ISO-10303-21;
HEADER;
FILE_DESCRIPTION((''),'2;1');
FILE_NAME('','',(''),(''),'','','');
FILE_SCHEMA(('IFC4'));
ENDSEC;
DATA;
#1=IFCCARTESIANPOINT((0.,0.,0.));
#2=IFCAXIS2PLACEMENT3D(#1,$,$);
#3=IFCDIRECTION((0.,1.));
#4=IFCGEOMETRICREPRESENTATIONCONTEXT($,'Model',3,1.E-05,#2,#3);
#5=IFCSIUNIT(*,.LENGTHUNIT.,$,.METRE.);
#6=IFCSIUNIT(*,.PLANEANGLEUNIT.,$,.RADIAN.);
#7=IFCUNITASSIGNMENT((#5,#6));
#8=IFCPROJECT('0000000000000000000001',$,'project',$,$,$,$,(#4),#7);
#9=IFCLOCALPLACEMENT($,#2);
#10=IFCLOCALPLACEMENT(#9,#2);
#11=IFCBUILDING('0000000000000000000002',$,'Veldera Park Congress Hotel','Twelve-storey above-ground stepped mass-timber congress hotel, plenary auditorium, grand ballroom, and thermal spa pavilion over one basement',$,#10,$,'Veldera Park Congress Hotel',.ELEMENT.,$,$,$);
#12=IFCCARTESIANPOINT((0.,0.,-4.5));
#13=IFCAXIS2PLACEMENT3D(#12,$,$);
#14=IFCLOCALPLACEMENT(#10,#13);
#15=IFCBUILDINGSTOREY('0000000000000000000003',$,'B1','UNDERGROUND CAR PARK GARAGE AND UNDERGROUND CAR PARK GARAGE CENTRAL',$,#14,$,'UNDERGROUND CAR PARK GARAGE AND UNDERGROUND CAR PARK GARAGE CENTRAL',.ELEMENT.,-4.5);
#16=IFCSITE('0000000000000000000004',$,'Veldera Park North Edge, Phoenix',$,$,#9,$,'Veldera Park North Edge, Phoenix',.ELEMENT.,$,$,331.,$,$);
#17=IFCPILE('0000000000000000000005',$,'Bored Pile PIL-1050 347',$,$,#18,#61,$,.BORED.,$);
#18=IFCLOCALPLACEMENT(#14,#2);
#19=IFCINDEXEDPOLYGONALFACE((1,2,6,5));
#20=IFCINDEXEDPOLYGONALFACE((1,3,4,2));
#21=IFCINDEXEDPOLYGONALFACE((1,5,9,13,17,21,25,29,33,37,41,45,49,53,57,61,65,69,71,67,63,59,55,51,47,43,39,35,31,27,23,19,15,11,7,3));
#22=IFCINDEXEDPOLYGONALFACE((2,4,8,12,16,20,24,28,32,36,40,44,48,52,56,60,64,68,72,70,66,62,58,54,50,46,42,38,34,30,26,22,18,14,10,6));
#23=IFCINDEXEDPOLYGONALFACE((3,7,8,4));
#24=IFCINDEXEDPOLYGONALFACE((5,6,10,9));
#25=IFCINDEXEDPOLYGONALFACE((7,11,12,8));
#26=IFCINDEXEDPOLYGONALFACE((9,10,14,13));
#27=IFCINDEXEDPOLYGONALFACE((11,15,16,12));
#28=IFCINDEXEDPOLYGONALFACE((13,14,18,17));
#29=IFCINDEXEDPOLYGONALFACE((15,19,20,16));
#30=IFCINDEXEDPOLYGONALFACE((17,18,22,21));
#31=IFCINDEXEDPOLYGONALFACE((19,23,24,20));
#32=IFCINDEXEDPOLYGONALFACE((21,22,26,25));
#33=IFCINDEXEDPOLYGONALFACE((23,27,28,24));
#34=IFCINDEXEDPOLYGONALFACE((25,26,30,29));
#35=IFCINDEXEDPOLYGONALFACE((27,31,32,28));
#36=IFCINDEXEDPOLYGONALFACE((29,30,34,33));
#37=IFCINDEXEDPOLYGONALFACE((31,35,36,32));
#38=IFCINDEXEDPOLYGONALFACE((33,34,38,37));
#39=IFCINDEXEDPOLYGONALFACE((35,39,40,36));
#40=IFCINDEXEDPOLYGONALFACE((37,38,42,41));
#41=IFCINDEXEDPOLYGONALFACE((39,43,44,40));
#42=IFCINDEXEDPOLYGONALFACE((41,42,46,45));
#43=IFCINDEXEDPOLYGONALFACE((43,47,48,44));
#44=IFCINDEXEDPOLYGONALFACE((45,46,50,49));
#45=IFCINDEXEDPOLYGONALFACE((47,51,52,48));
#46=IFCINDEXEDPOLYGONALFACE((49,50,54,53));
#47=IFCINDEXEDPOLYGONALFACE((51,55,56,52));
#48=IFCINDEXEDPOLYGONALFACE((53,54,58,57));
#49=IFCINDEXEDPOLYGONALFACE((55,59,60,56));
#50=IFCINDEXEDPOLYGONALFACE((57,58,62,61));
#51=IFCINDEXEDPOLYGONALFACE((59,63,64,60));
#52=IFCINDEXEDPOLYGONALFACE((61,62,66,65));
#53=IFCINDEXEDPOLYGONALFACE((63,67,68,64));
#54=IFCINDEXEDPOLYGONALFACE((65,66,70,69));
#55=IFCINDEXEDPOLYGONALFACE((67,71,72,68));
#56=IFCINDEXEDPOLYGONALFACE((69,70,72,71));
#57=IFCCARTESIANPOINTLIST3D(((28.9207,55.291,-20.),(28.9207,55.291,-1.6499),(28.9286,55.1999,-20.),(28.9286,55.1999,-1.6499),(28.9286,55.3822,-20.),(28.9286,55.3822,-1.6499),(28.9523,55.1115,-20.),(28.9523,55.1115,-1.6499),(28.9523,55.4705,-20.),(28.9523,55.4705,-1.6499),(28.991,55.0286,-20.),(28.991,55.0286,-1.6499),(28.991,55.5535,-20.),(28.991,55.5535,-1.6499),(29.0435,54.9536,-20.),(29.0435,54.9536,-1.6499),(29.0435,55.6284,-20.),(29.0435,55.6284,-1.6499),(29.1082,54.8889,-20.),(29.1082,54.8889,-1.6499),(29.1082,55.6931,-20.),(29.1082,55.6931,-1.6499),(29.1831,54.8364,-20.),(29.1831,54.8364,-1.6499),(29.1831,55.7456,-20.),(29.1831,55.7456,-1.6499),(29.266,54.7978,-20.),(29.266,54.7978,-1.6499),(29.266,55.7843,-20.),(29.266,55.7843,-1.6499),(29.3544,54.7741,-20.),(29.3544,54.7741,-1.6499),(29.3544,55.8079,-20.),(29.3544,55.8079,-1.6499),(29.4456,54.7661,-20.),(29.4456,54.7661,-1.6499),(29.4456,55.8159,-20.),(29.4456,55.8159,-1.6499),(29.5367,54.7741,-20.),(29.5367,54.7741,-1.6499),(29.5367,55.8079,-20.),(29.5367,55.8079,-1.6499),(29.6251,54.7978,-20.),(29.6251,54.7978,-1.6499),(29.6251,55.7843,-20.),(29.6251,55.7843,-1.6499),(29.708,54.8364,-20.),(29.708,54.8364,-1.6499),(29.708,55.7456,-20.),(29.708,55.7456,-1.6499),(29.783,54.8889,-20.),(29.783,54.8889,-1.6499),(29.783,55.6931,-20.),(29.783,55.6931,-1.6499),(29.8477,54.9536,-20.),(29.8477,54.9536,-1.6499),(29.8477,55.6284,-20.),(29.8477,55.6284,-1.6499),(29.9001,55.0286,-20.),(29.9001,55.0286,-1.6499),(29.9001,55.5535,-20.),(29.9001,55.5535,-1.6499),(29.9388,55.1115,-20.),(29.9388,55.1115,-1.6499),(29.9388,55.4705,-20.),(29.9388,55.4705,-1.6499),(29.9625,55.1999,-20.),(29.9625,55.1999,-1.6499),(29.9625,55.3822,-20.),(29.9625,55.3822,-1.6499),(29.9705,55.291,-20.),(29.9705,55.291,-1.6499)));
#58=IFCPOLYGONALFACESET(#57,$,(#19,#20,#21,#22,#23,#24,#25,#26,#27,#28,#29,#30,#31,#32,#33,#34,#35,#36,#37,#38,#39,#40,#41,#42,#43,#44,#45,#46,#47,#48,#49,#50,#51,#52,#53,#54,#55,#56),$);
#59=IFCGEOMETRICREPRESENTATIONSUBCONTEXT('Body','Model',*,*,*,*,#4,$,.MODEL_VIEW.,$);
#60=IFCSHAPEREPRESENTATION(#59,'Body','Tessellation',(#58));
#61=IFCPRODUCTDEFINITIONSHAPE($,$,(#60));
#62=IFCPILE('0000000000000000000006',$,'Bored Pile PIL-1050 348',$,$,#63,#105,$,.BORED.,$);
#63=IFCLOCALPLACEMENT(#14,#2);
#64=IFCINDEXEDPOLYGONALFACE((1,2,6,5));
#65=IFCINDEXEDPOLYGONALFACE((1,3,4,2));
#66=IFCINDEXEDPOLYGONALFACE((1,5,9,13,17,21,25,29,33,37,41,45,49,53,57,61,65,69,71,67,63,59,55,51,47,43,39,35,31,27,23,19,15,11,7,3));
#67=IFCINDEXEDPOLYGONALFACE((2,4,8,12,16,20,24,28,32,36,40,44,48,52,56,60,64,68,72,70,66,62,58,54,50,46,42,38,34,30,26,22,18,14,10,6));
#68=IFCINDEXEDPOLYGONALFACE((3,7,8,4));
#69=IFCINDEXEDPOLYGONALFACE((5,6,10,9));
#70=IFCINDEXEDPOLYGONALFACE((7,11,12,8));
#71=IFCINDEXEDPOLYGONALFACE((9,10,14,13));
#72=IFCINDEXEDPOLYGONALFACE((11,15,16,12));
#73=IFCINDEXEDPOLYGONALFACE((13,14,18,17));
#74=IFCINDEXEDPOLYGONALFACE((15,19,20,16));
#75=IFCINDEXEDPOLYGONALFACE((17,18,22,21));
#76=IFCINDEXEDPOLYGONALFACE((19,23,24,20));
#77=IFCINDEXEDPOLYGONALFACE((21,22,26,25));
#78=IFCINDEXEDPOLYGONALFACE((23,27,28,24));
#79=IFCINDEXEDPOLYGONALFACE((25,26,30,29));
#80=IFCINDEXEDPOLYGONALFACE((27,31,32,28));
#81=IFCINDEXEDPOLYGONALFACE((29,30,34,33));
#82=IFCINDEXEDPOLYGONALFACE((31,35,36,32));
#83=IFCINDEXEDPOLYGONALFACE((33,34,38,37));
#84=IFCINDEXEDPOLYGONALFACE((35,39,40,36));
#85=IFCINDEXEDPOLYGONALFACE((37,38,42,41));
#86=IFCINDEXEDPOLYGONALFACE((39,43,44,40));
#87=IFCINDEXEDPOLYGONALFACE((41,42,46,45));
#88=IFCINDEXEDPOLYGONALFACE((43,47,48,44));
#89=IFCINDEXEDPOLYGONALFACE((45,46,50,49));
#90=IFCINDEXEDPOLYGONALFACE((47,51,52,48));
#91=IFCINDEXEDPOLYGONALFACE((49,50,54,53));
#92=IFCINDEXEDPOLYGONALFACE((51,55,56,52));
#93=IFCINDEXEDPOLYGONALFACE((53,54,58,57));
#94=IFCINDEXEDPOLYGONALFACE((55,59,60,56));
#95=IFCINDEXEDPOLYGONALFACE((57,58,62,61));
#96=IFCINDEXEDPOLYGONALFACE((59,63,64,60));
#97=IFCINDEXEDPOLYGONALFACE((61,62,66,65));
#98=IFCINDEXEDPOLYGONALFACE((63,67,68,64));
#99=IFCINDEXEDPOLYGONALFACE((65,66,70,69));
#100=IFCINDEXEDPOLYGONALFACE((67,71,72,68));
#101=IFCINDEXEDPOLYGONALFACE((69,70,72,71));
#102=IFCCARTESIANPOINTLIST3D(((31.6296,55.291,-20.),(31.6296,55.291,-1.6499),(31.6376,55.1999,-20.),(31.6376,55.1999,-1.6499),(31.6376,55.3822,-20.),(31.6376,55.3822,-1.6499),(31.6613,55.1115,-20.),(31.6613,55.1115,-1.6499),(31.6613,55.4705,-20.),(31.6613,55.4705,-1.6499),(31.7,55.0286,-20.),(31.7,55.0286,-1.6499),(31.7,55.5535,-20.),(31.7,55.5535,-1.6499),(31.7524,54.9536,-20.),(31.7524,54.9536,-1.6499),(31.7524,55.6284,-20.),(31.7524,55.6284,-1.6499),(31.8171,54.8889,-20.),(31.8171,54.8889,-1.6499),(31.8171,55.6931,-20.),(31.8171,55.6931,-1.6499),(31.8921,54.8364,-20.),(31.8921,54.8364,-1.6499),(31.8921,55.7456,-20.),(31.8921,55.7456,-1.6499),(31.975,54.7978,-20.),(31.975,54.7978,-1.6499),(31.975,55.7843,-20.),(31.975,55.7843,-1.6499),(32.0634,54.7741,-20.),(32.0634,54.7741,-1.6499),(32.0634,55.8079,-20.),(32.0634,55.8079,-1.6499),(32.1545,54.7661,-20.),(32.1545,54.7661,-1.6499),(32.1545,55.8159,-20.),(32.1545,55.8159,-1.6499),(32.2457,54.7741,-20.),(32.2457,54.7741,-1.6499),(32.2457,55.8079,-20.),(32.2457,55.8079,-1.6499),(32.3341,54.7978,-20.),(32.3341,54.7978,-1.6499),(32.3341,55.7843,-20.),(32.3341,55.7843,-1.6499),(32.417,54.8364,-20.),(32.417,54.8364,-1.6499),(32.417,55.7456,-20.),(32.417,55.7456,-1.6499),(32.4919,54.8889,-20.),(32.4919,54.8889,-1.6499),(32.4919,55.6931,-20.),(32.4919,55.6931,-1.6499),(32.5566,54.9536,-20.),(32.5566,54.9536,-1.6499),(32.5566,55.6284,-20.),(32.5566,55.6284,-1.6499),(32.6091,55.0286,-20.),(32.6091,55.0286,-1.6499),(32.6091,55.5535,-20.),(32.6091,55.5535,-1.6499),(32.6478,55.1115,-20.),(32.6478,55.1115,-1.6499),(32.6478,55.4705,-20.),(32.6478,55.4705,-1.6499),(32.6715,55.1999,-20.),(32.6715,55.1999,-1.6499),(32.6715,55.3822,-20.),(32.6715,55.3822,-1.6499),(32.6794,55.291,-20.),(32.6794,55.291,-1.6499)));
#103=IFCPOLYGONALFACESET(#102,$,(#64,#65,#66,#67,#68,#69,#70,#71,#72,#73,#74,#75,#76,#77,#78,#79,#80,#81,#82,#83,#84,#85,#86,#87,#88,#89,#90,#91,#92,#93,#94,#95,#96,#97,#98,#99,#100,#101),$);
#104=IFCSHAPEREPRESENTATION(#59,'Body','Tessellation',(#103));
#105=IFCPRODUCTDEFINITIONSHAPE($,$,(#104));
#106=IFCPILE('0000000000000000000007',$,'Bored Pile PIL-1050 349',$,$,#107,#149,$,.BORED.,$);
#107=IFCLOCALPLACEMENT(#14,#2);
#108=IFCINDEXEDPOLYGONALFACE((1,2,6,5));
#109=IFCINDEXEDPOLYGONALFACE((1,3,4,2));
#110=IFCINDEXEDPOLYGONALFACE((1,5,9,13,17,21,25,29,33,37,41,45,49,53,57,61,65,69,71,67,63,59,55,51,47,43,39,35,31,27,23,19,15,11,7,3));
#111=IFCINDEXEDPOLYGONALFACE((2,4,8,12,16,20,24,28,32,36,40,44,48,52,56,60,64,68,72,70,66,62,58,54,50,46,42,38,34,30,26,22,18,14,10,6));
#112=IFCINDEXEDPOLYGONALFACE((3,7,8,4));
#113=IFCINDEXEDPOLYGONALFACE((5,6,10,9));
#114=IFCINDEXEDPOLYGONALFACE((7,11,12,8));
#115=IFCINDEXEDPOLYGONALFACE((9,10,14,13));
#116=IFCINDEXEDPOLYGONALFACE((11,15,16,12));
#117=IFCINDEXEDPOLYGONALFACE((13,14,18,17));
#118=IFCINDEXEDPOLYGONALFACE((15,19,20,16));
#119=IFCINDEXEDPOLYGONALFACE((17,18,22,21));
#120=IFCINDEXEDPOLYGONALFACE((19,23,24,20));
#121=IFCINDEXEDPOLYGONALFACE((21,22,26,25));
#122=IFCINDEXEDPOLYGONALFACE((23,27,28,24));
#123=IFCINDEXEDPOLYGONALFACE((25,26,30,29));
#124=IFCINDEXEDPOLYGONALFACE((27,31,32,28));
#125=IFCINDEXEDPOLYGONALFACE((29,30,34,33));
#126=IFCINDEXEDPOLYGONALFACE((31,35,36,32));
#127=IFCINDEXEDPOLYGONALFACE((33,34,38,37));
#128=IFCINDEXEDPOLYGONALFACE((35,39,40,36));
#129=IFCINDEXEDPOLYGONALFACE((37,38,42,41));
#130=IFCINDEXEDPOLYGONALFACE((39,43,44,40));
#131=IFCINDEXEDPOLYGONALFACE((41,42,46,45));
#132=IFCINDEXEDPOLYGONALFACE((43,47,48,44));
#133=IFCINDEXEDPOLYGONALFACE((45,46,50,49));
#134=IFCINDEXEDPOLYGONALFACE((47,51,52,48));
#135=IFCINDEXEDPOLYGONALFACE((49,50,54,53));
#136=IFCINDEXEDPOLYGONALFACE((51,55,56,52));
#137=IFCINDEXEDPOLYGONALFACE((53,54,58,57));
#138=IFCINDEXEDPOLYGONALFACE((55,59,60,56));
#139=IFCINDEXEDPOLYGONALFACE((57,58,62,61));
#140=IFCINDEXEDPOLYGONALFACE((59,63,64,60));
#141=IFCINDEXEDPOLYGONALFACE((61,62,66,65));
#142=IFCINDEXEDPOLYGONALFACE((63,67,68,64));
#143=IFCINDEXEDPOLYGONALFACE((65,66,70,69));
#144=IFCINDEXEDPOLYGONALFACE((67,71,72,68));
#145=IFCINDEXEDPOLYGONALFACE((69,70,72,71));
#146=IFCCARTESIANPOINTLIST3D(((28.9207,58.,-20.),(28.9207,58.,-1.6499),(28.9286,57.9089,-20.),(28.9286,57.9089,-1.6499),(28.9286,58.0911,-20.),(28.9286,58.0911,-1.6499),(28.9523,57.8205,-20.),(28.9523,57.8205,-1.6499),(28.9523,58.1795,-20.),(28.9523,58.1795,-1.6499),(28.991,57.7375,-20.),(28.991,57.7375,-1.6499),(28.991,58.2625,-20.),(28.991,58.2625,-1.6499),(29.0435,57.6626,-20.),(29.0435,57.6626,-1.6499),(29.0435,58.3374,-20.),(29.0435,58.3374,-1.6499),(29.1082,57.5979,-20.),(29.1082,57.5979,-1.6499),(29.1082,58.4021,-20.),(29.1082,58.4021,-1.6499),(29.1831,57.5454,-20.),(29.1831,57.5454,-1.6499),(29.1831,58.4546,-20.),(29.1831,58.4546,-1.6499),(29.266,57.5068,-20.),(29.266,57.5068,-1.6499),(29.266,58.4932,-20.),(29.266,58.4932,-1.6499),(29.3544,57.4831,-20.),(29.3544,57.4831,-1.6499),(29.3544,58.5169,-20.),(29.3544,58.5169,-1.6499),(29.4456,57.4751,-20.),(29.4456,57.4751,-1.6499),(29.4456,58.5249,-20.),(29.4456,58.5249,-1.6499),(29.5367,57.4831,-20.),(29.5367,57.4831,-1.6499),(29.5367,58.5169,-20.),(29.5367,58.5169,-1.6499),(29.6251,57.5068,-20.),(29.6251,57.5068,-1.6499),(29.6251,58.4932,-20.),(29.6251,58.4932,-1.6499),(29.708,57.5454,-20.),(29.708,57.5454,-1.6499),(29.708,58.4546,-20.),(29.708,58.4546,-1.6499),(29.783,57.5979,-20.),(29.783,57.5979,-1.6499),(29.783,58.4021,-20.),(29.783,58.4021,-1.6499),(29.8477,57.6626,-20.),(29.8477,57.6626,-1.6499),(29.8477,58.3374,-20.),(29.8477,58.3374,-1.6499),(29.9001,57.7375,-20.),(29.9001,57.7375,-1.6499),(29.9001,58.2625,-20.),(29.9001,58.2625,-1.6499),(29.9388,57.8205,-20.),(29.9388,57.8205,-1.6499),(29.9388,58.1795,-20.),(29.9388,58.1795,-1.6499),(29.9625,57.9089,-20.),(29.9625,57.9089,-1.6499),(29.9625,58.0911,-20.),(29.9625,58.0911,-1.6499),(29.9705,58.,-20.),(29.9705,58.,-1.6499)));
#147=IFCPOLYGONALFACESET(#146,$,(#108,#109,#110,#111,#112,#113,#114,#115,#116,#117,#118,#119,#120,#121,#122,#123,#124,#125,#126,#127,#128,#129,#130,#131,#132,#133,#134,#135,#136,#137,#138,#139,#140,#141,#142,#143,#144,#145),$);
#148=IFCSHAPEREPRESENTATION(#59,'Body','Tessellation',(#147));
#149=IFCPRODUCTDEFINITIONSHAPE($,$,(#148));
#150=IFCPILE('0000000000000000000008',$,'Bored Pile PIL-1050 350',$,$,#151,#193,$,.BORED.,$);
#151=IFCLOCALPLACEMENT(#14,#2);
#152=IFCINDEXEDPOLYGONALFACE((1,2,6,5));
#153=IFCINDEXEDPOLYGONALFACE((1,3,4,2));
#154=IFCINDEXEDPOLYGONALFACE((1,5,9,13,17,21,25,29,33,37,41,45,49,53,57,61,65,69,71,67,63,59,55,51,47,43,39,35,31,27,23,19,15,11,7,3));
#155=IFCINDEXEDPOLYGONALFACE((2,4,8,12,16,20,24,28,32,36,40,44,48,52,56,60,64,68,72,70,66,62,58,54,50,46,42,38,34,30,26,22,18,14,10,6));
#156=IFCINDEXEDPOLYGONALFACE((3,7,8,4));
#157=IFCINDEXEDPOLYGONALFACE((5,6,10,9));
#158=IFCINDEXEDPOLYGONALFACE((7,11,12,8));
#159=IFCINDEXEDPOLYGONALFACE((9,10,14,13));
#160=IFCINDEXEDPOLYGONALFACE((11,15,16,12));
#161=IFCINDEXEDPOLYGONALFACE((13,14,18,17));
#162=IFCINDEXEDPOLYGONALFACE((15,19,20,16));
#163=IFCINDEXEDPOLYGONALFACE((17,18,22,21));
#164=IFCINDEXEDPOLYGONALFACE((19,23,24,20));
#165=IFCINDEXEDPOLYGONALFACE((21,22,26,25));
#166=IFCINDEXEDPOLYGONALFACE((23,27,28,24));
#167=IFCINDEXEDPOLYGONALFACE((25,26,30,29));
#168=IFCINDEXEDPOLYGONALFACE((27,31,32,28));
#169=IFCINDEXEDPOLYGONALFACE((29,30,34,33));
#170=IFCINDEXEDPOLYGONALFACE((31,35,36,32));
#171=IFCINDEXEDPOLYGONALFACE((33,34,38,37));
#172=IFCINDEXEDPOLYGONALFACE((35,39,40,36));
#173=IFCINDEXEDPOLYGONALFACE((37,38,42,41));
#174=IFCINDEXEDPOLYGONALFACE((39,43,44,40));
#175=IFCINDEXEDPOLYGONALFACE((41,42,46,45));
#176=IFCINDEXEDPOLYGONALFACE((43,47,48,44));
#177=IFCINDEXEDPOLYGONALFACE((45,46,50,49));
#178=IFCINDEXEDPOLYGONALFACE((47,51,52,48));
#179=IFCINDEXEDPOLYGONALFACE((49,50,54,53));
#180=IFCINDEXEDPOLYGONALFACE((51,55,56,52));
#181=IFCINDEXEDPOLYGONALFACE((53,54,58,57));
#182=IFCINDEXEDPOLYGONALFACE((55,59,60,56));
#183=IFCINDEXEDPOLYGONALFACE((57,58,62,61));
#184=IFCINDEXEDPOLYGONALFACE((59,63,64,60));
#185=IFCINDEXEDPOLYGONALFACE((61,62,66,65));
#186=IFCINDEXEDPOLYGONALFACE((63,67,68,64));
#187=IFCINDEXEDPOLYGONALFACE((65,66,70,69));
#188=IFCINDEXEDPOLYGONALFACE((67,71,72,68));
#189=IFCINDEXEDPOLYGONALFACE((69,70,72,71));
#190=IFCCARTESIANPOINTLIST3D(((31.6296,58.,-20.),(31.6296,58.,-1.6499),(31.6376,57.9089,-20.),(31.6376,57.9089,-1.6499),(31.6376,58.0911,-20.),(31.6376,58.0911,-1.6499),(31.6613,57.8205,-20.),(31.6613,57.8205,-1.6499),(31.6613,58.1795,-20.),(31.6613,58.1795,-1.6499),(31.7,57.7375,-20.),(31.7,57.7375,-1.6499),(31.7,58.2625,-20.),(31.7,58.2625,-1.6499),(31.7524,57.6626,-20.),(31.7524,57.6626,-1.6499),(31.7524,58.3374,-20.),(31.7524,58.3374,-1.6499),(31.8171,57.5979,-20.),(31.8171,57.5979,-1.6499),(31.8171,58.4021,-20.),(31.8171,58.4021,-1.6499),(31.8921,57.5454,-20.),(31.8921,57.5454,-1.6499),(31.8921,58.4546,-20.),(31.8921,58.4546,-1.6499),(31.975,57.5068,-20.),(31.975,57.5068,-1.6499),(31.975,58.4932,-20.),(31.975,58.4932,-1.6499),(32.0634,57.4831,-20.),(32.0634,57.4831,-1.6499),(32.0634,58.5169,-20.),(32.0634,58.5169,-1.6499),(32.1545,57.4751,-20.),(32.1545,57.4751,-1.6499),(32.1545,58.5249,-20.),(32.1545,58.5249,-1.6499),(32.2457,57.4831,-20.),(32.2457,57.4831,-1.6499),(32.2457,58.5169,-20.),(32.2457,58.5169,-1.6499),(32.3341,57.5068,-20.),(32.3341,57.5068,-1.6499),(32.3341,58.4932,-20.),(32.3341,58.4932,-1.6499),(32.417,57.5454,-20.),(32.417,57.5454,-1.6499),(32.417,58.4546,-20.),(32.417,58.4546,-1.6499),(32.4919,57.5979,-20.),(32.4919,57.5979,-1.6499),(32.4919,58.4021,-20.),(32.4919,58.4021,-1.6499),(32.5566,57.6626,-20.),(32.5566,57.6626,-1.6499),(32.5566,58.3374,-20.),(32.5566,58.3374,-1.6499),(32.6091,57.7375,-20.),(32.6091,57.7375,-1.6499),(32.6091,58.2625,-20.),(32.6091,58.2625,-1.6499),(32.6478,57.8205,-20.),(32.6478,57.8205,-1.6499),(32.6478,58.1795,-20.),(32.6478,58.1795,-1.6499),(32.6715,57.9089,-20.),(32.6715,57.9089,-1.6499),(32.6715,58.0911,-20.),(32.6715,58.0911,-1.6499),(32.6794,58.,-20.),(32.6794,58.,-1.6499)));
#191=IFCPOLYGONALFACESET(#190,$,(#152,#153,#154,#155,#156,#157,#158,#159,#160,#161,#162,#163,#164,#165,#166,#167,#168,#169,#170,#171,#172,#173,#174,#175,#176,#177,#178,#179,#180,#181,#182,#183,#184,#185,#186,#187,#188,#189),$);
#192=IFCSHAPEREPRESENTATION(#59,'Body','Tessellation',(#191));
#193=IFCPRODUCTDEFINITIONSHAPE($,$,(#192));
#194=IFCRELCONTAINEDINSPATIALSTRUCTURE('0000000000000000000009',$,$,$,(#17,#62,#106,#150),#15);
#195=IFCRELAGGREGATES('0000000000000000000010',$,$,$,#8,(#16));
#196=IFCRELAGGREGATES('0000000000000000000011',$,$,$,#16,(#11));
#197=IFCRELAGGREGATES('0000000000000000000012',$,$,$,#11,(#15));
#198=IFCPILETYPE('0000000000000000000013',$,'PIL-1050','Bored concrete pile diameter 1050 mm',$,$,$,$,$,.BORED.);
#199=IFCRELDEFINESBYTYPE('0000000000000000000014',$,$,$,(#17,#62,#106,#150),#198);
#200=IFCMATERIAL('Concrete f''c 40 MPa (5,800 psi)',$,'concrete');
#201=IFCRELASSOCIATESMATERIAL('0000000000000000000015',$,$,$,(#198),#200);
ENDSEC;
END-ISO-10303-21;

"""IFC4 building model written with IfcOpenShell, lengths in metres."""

from ifc_helpers import new_model, si_unit, direction, frame, origin, origin_2d, place, context, subcontext, project, spatial, circle, extrude, material, material_profile, profile_set, type_object, element, save


model = new_model("IFC4")

# Units and contexts
model_context = context("Model", 3, precision=1e-05, world=origin(), true_north=direction((0.0, 1.0)))
body_context = subcontext(model_context, "Body", "Model", "MODEL_VIEW")
ifc_project = project(units=[si_unit("LENGTHUNIT", "METRE"), si_unit("PLANEANGLEUNIT", "RADIAN")], contexts=[model_context])

# Site, building, storey
site_placement = place(None, origin())
site = spatial("IfcSite", under=ifc_project, at=site_placement, Name="Veldera Park North Edge, Phoenix", LongName="Veldera Park North Edge, Phoenix", CompositionType="ELEMENT", RefElevation=331.0)
building_placement = place(site_placement, origin())
building = spatial("IfcBuilding", under=site, at=building_placement, Name="Veldera Park Congress Hotel", Description="Twelve-storey above-ground stepped mass-timber congress hotel, plenary auditorium, grand ballroom, and thermal spa pavilion over one basement", LongName="Veldera Park Congress Hotel", CompositionType="ELEMENT")
storey_placement = place(building_placement, frame((0.0, 0.0, -4.5)))
storey = spatial("IfcBuildingStorey", under=building, at=storey_placement, Name="B1", Description="UNDERGROUND CAR PARK GARAGE AND UNDERGROUND CAR PARK GARAGE CENTRAL", LongName="UNDERGROUND CAR PARK GARAGE AND UNDERGROUND CAR PARK GARAGE CENTRAL", CompositionType="ELEMENT", Elevation=-4.5)

# Shared definitions
ifc_material_1 = material(Name="Concrete f'c 40 MPa (5,800 psi)", Category="concrete")

# Piles
ifc_material_profile_1 = material_profile(ifc_material_1, circle(Radius=0.5249, at=origin_2d()), Name="PILE D1050")
ifc_profile_set_1 = profile_set([ifc_material_profile_1], Name="Concrete f'c 40 MPa (5,800 psi)")
pile_type = type_object("IfcPileType", Name="PIL-1050", Description="Bored concrete pile diameter 1050 mm", PredefinedType="BORED", material=ifc_profile_set_1)
for number, where, z_axis, x_axis, name in (
    (1, (29.4456, 55.291, -1.6499), (0.0, 0.0, -1.0), (1.0, 0.0, 0.0), "Bored Pile PIL-1050 347"),
    (2, (32.1545, 55.291, -1.6499), (0.0, 0.0, -1.0), (1.0, 0.0, 0.0), "Bored Pile PIL-1050 348"),
    (3, (29.4456, 58.0, -1.6499), (0.0, 0.0, -1.0), (1.0, 0.0, 0.0), "Bored Pile PIL-1050 349"),
    (4, (32.1545, 58.0, -1.6499), (0.0, 0.0, -1.0), (1.0, 0.0, 0.0), "Bored Pile PIL-1050 350"),
):
    element("IfcPile", number, at=place(storey_placement, frame(where, z_axis=z_axis, x_axis=x_axis)), inside=storey, type_object=pile_type, Name=name, PredefinedType="BORED", context=body_context, shape_type="SweptSolid", body=[
        extrude(circle(Radius=0.5249, at=origin_2d()), origin(), (0.0, 0.0, 1.0), 18.3501),
    ])

save(model, "model.ifc")
